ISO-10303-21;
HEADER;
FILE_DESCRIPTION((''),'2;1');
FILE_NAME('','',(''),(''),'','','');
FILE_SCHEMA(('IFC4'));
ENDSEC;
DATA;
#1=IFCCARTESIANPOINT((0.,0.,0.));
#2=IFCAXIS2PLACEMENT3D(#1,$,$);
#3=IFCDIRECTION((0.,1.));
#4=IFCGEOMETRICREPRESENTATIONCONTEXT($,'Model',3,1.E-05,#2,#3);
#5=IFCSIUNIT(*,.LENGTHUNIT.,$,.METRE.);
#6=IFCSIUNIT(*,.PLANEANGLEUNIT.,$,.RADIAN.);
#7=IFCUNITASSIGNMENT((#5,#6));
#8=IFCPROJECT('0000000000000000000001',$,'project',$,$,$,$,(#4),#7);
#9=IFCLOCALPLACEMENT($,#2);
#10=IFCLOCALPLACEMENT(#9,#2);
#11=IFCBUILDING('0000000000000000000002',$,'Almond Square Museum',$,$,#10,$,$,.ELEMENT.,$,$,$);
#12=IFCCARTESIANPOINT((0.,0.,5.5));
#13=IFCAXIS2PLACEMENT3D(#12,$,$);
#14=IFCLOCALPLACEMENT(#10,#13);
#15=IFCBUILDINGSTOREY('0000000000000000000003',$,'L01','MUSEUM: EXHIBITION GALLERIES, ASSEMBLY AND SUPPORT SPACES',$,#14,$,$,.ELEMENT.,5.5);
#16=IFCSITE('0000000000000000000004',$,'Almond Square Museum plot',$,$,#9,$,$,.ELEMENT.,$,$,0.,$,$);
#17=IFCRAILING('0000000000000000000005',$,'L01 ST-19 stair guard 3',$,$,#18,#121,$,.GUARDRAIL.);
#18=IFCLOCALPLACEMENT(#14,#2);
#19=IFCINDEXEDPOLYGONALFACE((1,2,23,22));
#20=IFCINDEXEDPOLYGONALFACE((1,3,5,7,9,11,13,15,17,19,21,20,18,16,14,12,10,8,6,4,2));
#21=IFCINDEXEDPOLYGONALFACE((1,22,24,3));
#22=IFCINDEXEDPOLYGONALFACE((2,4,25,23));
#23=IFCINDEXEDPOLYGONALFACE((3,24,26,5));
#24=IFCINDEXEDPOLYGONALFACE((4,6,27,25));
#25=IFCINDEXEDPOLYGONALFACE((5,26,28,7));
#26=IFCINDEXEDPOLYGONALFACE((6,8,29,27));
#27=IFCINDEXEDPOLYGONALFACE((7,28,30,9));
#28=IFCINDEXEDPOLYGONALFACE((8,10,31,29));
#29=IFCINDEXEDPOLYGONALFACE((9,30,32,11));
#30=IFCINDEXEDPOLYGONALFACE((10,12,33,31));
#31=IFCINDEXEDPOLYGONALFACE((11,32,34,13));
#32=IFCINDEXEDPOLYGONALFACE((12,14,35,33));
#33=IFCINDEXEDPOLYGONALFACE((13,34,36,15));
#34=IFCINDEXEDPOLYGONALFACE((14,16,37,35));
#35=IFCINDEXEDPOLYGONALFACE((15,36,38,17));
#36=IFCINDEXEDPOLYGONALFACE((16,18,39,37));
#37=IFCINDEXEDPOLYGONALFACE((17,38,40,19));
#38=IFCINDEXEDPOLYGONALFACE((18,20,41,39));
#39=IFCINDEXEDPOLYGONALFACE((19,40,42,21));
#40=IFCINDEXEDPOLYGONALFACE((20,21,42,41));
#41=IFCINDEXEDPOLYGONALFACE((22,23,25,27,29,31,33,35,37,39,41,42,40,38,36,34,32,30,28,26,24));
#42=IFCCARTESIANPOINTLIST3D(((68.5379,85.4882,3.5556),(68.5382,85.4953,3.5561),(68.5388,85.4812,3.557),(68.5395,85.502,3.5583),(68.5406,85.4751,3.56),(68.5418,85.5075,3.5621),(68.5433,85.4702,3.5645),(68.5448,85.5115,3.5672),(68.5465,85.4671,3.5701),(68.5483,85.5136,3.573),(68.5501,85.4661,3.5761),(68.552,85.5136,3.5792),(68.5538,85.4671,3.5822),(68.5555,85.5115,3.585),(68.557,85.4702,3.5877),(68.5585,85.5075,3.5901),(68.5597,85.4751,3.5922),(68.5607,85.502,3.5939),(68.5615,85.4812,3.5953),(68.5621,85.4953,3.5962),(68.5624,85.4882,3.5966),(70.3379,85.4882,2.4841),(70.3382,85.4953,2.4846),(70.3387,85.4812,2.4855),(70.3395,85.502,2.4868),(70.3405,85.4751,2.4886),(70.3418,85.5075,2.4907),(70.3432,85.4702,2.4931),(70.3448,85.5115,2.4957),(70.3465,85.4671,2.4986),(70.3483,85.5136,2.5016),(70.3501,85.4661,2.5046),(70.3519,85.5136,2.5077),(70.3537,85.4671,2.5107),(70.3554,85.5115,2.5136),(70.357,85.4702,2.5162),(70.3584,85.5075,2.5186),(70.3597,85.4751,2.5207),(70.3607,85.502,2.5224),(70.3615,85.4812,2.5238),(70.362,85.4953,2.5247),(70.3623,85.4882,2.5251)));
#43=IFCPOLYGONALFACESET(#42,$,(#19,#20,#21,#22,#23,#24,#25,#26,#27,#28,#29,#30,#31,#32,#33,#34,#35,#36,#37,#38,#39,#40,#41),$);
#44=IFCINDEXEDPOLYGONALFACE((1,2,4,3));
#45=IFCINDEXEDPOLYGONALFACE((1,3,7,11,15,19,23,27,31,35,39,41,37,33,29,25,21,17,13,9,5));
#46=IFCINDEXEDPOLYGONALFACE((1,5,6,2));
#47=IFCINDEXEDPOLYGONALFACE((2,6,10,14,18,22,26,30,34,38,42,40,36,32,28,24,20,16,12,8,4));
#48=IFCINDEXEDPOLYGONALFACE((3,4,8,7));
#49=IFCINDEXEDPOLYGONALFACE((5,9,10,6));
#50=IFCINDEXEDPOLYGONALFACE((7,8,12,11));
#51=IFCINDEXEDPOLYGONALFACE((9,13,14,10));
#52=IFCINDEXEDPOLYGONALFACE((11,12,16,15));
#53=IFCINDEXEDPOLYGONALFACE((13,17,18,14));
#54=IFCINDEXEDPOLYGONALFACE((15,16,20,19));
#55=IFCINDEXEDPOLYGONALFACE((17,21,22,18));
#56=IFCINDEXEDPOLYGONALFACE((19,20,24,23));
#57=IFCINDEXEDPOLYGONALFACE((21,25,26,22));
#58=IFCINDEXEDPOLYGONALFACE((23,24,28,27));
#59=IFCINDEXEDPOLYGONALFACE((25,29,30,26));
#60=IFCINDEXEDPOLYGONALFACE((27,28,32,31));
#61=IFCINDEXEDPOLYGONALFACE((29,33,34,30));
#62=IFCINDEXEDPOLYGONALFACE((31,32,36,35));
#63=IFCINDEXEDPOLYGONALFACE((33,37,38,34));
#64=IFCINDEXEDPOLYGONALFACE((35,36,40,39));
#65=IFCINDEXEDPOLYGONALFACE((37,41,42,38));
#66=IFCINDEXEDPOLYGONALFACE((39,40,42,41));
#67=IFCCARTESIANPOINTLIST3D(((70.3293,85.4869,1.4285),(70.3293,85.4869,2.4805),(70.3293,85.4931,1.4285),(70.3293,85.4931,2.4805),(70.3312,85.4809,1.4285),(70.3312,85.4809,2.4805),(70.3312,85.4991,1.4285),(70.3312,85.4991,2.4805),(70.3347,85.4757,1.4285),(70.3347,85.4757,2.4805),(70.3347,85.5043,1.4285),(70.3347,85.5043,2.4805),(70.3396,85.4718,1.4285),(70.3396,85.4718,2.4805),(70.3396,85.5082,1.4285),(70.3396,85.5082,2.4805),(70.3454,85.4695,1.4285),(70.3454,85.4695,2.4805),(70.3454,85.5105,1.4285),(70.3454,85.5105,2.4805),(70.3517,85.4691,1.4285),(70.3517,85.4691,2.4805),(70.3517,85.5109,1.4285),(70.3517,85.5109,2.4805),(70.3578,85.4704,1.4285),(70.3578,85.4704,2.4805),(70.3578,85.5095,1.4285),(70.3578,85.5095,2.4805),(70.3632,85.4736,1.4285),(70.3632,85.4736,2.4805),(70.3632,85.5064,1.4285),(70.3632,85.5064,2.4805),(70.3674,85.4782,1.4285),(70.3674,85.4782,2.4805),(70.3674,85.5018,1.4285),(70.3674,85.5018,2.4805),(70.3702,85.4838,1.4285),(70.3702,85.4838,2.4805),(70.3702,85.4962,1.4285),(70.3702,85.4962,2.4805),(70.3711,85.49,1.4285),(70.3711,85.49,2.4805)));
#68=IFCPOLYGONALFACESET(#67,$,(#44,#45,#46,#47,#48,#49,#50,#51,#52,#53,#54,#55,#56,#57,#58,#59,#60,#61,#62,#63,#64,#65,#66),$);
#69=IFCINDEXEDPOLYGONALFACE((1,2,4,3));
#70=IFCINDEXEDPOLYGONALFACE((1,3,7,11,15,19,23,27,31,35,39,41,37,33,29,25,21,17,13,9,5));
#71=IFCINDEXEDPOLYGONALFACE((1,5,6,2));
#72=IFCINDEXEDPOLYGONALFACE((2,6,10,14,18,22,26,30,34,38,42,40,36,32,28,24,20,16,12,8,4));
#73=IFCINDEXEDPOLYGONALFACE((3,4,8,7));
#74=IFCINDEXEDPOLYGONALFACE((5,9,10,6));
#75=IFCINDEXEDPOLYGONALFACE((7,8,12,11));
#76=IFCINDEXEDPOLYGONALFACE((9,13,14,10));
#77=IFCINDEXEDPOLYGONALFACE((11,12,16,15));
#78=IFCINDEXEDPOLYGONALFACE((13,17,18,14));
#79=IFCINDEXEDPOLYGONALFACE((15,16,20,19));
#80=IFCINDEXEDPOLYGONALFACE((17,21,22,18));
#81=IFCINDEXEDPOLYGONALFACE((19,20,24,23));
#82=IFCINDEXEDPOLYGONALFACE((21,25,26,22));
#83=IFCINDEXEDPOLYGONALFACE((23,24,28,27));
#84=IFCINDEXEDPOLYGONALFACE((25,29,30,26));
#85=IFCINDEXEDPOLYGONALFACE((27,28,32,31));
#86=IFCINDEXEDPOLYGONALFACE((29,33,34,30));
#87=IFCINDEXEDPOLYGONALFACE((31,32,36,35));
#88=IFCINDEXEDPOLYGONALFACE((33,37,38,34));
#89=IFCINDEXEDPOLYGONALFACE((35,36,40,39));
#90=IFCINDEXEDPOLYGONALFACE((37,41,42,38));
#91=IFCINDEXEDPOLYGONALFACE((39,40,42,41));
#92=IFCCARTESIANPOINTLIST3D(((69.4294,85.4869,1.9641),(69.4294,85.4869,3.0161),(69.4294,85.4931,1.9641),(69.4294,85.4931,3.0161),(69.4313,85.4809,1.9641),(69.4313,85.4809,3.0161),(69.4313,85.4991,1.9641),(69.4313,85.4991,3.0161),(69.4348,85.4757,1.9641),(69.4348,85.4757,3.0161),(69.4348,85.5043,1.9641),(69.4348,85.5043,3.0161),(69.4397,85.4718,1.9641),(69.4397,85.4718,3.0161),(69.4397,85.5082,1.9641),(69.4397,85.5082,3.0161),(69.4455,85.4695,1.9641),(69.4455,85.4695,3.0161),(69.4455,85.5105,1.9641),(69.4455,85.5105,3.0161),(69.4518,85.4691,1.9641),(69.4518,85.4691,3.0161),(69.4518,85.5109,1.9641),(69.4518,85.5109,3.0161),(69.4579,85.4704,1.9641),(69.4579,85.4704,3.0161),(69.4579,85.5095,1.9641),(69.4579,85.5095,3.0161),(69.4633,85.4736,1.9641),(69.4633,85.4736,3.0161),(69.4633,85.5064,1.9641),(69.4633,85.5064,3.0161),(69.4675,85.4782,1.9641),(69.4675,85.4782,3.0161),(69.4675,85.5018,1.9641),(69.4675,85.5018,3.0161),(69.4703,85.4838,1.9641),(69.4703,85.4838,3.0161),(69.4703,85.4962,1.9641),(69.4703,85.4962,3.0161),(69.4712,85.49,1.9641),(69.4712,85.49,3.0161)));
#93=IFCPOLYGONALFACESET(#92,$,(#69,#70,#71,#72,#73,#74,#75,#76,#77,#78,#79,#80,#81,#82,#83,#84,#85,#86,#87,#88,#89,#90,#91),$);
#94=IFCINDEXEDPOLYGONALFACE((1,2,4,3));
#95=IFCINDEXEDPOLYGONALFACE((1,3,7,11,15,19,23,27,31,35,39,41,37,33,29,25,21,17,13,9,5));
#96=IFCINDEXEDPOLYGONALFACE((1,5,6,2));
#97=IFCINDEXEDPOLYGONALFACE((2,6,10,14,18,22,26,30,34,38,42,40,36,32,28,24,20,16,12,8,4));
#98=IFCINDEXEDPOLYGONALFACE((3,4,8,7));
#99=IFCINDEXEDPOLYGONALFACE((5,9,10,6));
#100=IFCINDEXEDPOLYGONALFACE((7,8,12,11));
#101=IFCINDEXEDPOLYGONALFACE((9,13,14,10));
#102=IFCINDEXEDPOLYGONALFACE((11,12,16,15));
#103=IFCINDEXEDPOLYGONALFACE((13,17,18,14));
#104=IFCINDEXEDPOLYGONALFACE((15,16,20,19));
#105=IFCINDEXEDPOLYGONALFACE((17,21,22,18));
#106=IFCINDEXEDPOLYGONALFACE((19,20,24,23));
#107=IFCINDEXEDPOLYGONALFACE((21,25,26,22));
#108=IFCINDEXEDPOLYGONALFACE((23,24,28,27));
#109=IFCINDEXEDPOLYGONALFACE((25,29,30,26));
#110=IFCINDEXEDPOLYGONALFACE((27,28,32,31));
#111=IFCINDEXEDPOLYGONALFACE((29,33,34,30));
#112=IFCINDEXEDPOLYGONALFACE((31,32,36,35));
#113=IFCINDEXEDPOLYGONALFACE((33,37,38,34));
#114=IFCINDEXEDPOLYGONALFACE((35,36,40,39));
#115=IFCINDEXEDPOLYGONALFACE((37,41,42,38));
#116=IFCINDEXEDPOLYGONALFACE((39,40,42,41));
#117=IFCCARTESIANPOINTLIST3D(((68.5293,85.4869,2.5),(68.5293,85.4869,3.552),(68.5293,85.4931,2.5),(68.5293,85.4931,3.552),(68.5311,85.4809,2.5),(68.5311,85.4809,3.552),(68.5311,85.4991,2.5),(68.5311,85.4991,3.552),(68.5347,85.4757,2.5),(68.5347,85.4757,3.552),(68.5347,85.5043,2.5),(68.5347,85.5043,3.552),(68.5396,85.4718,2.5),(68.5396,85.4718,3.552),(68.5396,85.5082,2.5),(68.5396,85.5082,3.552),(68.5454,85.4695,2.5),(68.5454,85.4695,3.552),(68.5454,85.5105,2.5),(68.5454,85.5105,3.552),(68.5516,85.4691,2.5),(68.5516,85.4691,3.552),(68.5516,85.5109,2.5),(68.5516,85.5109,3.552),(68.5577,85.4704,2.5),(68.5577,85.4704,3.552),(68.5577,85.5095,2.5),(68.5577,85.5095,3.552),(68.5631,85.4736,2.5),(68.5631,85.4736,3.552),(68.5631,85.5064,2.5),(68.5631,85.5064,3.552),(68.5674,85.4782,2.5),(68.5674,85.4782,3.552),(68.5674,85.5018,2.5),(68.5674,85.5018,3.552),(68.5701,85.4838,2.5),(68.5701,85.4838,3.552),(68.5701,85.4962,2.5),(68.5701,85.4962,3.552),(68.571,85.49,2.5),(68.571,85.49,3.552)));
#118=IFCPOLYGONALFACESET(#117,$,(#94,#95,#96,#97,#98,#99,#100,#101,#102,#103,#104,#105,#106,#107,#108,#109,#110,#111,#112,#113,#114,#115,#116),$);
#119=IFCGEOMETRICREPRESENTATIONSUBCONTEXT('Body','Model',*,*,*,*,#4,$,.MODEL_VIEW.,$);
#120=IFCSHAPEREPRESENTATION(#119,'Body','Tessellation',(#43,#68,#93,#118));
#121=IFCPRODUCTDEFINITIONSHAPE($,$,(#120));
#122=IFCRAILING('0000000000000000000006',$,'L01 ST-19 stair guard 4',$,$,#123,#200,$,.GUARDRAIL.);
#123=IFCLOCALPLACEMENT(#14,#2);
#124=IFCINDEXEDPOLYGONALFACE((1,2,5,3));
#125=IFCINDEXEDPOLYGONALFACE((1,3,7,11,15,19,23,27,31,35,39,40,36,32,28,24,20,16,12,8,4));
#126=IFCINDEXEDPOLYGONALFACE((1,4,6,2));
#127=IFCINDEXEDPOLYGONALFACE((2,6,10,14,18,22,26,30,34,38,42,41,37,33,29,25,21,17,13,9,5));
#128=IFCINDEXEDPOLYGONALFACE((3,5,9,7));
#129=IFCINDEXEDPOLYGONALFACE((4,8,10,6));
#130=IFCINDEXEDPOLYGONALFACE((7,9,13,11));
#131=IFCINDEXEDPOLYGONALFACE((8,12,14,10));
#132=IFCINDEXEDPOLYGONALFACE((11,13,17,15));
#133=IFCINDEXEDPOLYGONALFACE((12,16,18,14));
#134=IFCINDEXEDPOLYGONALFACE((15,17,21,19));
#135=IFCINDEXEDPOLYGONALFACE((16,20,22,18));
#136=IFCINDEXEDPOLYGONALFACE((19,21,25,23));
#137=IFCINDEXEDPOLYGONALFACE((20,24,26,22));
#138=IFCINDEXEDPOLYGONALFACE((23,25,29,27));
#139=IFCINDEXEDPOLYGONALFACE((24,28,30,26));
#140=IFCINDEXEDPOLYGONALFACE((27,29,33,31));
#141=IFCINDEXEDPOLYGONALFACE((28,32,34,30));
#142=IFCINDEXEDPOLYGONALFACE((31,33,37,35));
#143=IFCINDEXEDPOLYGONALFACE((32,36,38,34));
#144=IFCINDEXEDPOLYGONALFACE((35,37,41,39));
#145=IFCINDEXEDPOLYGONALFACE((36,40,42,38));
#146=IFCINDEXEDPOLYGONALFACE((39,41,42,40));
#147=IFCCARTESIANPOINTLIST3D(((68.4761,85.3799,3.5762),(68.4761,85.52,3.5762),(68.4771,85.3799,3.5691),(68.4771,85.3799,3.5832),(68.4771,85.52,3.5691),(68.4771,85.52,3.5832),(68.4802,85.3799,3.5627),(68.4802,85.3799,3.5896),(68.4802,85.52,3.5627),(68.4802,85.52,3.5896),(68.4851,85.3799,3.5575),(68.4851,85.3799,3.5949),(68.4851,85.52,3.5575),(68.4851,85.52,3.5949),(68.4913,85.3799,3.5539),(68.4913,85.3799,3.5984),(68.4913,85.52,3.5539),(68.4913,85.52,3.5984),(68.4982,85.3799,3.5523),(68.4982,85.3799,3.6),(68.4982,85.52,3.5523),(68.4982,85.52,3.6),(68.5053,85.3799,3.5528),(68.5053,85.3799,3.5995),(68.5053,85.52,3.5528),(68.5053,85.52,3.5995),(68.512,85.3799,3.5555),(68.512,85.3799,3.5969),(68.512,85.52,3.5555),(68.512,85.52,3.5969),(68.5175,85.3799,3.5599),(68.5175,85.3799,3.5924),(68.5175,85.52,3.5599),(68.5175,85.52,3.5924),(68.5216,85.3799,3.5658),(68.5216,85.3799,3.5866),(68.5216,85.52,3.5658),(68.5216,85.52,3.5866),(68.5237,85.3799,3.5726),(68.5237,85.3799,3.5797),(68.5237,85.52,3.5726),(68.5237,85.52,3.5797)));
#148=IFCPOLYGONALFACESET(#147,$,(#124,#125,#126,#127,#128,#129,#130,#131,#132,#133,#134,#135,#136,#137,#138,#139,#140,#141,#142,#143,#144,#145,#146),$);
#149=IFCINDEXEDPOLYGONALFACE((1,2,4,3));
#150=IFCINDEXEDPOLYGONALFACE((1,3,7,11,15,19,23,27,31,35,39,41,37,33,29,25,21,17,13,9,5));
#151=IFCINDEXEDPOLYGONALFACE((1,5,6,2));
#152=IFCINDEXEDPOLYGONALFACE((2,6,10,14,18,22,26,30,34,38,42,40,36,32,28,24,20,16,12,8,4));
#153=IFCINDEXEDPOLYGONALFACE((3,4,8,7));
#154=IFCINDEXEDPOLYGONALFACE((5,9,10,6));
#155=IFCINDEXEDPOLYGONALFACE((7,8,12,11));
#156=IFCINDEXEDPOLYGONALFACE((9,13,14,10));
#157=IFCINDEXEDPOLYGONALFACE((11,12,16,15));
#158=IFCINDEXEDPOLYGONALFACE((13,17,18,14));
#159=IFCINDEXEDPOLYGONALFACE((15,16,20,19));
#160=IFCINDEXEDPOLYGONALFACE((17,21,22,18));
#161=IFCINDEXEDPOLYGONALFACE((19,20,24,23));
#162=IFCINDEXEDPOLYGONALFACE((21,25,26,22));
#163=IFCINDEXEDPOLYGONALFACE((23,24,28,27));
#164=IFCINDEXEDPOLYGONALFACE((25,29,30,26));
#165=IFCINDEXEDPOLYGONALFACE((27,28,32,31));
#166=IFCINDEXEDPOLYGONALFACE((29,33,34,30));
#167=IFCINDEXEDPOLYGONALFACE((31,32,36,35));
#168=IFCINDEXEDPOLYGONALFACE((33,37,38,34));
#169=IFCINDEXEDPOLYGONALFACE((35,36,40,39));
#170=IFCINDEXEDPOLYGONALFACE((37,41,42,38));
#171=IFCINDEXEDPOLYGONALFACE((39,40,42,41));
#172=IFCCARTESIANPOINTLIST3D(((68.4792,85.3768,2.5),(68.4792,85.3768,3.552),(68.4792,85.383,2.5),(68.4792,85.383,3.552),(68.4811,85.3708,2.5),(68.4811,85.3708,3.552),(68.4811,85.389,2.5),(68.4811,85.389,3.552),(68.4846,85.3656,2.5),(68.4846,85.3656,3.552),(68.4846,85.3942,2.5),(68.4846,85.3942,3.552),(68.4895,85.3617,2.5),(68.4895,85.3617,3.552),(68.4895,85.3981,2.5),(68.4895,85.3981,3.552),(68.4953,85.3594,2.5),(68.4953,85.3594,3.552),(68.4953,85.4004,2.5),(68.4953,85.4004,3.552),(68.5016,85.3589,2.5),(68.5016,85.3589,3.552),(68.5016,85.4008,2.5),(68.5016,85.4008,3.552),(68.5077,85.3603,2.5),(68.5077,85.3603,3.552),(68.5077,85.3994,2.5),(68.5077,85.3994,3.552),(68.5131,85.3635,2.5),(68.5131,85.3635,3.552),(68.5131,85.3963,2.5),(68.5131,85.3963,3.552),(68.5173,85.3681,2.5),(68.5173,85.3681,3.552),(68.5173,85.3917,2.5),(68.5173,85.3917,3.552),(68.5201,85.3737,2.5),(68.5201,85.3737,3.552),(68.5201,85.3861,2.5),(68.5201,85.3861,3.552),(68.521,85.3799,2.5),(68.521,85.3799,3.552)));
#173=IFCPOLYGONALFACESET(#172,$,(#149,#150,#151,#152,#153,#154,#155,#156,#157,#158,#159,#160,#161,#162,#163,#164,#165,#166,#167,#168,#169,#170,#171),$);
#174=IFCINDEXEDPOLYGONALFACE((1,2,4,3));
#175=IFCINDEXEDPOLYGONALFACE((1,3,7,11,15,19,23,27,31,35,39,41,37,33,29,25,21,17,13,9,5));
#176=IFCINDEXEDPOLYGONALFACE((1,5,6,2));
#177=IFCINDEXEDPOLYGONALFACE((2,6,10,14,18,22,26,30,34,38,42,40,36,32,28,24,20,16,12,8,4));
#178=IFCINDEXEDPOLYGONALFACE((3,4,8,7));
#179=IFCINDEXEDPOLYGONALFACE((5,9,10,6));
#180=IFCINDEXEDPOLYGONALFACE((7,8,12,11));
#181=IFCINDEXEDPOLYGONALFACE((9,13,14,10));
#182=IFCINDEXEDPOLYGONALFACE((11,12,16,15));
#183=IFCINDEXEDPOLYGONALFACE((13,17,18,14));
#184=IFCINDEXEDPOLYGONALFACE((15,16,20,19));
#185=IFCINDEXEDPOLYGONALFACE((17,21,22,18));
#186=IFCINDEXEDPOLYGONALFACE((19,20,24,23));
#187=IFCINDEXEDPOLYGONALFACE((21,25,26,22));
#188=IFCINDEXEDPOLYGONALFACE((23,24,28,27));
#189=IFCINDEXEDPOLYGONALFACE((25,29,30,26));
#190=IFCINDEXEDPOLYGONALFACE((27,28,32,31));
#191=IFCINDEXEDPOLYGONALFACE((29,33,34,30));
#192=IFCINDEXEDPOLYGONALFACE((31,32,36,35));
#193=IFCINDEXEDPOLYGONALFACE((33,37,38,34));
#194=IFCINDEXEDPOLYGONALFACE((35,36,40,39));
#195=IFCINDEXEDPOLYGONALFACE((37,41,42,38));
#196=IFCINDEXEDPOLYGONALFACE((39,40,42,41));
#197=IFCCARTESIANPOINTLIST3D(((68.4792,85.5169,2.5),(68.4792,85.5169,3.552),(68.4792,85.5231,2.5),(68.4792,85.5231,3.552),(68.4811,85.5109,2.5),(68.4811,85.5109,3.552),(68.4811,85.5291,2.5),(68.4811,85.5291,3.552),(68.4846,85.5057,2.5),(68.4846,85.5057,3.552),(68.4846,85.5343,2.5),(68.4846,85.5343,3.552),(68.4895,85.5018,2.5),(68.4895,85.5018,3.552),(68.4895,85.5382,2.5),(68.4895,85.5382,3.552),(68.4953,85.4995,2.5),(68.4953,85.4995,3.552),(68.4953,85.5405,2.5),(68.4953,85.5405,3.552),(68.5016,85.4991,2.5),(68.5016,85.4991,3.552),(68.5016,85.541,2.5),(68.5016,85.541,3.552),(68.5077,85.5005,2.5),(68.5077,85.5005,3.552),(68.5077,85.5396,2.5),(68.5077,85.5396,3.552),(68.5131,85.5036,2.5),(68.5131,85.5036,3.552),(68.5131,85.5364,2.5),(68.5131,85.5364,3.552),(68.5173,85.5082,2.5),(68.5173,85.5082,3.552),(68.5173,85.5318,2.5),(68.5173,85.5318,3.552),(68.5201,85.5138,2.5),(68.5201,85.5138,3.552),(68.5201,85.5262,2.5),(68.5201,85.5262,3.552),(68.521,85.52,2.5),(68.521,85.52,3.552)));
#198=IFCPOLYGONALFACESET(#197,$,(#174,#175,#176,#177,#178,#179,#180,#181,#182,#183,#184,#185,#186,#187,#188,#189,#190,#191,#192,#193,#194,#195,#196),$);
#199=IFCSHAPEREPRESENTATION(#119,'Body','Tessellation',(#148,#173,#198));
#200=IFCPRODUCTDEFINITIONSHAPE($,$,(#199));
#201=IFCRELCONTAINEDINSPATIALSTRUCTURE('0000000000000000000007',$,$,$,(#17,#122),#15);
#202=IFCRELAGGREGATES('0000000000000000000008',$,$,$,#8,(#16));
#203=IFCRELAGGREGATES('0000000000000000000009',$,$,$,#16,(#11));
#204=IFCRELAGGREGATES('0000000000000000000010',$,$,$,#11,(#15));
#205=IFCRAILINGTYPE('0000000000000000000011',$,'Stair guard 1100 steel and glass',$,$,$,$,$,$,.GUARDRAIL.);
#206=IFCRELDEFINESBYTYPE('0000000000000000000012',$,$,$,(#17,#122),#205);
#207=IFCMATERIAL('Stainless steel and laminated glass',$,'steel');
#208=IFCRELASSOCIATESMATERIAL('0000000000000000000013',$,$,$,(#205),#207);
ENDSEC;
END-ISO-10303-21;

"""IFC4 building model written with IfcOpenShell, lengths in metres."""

from ifc_helpers import new_model, si_unit, direction, frame, origin, origin_2d, place, context, subcontext, project, spatial, circle, extrude, material, type_object, element, save


model = new_model("IFC4")

# Units and contexts
model_context = context("Model", 3, precision=1e-05, world=origin(), true_north=direction((0.0, 1.0)))
body_context = subcontext(model_context, "Body", "Model", "MODEL_VIEW")
ifc_project = project(units=[si_unit("LENGTHUNIT", "METRE"), si_unit("PLANEANGLEUNIT", "RADIAN")], contexts=[model_context])

# Site, building, storey
site_placement = place(None, origin())
site = spatial("IfcSite", under=ifc_project, at=site_placement, Name="Almond Square Museum plot", CompositionType="ELEMENT", RefElevation=0.0)
building_placement = place(site_placement, origin())
building = spatial("IfcBuilding", under=site, at=building_placement, Name="Almond Square Museum", CompositionType="ELEMENT")
storey_placement = place(building_placement, frame((0.0, 0.0, 5.5)))
storey = spatial("IfcBuildingStorey", under=building, at=storey_placement, Name="L01", Description="MUSEUM: EXHIBITION GALLERIES, ASSEMBLY AND SUPPORT SPACES", CompositionType="ELEMENT", Elevation=5.5)

# Railings
ifc_material_1 = material(Name="Stainless steel and laminated glass", Category="steel")
railing_type_1 = type_object("IfcRailingType", Name="Stair guard 1100 steel and glass", PredefinedType="GUARDRAIL", material=ifc_material_1)
railing_1_placement = place(storey_placement, frame((70.3501, 85.49, 1.4285)))
element("IfcRailing", 1, at=railing_1_placement, inside=storey, type_object=railing_type_1, Name="L01 ST-19 stair guard 3", PredefinedType="GUARDRAIL", context=body_context, shape_type="SweptSolid", body=[
    extrude(circle(Radius=0.0239, at=origin_2d()), frame((0.0, 0.0, 1.0762), z_axis=(-0.859277, 0.0, 0.51151), x_axis=(0.0, -1.0, 0.0)), (0.0, 0.0, 1.0), 2.0947),
    extrude(circle(Radius=0.021, at=origin_2d()), origin(), (0.0, 0.0, 1.0), 1.052),
    extrude(circle(Radius=0.021, at=origin_2d()), frame((-0.8999, 0.0, 0.5356)), (0.0, 0.0, 1.0), 1.052),
    extrude(circle(Radius=0.021, at=origin_2d()), frame((-1.8, 0.0, 1.0715)), (0.0, 0.0, 1.0), 1.052),
])
railing_2_placement = place(storey_placement, frame((68.5, 85.3799, 2.5)))
element("IfcRailing", 2, at=railing_2_placement, inside=storey, type_object=railing_type_1, Name="L01 ST-19 stair guard 4", PredefinedType="GUARDRAIL", context=body_context, shape_type="SweptSolid", body=[
    extrude(circle(Radius=0.0239, at=origin_2d()), frame((0.0, 0.0, 1.0762), z_axis=(0.0, 1.0, 0.0), x_axis=(-1.0, 0.0, 0.0)), (0.0, 0.0, 1.0), 0.1401),
    extrude(circle(Radius=0.021, at=origin_2d()), origin(), (0.0, 0.0, 1.0), 1.052),
    extrude(circle(Radius=0.021, at=origin_2d()), frame((0.0, 0.1401, 0.0)), (0.0, 0.0, 1.0), 1.052),
])

save(model, "model.ifc")
